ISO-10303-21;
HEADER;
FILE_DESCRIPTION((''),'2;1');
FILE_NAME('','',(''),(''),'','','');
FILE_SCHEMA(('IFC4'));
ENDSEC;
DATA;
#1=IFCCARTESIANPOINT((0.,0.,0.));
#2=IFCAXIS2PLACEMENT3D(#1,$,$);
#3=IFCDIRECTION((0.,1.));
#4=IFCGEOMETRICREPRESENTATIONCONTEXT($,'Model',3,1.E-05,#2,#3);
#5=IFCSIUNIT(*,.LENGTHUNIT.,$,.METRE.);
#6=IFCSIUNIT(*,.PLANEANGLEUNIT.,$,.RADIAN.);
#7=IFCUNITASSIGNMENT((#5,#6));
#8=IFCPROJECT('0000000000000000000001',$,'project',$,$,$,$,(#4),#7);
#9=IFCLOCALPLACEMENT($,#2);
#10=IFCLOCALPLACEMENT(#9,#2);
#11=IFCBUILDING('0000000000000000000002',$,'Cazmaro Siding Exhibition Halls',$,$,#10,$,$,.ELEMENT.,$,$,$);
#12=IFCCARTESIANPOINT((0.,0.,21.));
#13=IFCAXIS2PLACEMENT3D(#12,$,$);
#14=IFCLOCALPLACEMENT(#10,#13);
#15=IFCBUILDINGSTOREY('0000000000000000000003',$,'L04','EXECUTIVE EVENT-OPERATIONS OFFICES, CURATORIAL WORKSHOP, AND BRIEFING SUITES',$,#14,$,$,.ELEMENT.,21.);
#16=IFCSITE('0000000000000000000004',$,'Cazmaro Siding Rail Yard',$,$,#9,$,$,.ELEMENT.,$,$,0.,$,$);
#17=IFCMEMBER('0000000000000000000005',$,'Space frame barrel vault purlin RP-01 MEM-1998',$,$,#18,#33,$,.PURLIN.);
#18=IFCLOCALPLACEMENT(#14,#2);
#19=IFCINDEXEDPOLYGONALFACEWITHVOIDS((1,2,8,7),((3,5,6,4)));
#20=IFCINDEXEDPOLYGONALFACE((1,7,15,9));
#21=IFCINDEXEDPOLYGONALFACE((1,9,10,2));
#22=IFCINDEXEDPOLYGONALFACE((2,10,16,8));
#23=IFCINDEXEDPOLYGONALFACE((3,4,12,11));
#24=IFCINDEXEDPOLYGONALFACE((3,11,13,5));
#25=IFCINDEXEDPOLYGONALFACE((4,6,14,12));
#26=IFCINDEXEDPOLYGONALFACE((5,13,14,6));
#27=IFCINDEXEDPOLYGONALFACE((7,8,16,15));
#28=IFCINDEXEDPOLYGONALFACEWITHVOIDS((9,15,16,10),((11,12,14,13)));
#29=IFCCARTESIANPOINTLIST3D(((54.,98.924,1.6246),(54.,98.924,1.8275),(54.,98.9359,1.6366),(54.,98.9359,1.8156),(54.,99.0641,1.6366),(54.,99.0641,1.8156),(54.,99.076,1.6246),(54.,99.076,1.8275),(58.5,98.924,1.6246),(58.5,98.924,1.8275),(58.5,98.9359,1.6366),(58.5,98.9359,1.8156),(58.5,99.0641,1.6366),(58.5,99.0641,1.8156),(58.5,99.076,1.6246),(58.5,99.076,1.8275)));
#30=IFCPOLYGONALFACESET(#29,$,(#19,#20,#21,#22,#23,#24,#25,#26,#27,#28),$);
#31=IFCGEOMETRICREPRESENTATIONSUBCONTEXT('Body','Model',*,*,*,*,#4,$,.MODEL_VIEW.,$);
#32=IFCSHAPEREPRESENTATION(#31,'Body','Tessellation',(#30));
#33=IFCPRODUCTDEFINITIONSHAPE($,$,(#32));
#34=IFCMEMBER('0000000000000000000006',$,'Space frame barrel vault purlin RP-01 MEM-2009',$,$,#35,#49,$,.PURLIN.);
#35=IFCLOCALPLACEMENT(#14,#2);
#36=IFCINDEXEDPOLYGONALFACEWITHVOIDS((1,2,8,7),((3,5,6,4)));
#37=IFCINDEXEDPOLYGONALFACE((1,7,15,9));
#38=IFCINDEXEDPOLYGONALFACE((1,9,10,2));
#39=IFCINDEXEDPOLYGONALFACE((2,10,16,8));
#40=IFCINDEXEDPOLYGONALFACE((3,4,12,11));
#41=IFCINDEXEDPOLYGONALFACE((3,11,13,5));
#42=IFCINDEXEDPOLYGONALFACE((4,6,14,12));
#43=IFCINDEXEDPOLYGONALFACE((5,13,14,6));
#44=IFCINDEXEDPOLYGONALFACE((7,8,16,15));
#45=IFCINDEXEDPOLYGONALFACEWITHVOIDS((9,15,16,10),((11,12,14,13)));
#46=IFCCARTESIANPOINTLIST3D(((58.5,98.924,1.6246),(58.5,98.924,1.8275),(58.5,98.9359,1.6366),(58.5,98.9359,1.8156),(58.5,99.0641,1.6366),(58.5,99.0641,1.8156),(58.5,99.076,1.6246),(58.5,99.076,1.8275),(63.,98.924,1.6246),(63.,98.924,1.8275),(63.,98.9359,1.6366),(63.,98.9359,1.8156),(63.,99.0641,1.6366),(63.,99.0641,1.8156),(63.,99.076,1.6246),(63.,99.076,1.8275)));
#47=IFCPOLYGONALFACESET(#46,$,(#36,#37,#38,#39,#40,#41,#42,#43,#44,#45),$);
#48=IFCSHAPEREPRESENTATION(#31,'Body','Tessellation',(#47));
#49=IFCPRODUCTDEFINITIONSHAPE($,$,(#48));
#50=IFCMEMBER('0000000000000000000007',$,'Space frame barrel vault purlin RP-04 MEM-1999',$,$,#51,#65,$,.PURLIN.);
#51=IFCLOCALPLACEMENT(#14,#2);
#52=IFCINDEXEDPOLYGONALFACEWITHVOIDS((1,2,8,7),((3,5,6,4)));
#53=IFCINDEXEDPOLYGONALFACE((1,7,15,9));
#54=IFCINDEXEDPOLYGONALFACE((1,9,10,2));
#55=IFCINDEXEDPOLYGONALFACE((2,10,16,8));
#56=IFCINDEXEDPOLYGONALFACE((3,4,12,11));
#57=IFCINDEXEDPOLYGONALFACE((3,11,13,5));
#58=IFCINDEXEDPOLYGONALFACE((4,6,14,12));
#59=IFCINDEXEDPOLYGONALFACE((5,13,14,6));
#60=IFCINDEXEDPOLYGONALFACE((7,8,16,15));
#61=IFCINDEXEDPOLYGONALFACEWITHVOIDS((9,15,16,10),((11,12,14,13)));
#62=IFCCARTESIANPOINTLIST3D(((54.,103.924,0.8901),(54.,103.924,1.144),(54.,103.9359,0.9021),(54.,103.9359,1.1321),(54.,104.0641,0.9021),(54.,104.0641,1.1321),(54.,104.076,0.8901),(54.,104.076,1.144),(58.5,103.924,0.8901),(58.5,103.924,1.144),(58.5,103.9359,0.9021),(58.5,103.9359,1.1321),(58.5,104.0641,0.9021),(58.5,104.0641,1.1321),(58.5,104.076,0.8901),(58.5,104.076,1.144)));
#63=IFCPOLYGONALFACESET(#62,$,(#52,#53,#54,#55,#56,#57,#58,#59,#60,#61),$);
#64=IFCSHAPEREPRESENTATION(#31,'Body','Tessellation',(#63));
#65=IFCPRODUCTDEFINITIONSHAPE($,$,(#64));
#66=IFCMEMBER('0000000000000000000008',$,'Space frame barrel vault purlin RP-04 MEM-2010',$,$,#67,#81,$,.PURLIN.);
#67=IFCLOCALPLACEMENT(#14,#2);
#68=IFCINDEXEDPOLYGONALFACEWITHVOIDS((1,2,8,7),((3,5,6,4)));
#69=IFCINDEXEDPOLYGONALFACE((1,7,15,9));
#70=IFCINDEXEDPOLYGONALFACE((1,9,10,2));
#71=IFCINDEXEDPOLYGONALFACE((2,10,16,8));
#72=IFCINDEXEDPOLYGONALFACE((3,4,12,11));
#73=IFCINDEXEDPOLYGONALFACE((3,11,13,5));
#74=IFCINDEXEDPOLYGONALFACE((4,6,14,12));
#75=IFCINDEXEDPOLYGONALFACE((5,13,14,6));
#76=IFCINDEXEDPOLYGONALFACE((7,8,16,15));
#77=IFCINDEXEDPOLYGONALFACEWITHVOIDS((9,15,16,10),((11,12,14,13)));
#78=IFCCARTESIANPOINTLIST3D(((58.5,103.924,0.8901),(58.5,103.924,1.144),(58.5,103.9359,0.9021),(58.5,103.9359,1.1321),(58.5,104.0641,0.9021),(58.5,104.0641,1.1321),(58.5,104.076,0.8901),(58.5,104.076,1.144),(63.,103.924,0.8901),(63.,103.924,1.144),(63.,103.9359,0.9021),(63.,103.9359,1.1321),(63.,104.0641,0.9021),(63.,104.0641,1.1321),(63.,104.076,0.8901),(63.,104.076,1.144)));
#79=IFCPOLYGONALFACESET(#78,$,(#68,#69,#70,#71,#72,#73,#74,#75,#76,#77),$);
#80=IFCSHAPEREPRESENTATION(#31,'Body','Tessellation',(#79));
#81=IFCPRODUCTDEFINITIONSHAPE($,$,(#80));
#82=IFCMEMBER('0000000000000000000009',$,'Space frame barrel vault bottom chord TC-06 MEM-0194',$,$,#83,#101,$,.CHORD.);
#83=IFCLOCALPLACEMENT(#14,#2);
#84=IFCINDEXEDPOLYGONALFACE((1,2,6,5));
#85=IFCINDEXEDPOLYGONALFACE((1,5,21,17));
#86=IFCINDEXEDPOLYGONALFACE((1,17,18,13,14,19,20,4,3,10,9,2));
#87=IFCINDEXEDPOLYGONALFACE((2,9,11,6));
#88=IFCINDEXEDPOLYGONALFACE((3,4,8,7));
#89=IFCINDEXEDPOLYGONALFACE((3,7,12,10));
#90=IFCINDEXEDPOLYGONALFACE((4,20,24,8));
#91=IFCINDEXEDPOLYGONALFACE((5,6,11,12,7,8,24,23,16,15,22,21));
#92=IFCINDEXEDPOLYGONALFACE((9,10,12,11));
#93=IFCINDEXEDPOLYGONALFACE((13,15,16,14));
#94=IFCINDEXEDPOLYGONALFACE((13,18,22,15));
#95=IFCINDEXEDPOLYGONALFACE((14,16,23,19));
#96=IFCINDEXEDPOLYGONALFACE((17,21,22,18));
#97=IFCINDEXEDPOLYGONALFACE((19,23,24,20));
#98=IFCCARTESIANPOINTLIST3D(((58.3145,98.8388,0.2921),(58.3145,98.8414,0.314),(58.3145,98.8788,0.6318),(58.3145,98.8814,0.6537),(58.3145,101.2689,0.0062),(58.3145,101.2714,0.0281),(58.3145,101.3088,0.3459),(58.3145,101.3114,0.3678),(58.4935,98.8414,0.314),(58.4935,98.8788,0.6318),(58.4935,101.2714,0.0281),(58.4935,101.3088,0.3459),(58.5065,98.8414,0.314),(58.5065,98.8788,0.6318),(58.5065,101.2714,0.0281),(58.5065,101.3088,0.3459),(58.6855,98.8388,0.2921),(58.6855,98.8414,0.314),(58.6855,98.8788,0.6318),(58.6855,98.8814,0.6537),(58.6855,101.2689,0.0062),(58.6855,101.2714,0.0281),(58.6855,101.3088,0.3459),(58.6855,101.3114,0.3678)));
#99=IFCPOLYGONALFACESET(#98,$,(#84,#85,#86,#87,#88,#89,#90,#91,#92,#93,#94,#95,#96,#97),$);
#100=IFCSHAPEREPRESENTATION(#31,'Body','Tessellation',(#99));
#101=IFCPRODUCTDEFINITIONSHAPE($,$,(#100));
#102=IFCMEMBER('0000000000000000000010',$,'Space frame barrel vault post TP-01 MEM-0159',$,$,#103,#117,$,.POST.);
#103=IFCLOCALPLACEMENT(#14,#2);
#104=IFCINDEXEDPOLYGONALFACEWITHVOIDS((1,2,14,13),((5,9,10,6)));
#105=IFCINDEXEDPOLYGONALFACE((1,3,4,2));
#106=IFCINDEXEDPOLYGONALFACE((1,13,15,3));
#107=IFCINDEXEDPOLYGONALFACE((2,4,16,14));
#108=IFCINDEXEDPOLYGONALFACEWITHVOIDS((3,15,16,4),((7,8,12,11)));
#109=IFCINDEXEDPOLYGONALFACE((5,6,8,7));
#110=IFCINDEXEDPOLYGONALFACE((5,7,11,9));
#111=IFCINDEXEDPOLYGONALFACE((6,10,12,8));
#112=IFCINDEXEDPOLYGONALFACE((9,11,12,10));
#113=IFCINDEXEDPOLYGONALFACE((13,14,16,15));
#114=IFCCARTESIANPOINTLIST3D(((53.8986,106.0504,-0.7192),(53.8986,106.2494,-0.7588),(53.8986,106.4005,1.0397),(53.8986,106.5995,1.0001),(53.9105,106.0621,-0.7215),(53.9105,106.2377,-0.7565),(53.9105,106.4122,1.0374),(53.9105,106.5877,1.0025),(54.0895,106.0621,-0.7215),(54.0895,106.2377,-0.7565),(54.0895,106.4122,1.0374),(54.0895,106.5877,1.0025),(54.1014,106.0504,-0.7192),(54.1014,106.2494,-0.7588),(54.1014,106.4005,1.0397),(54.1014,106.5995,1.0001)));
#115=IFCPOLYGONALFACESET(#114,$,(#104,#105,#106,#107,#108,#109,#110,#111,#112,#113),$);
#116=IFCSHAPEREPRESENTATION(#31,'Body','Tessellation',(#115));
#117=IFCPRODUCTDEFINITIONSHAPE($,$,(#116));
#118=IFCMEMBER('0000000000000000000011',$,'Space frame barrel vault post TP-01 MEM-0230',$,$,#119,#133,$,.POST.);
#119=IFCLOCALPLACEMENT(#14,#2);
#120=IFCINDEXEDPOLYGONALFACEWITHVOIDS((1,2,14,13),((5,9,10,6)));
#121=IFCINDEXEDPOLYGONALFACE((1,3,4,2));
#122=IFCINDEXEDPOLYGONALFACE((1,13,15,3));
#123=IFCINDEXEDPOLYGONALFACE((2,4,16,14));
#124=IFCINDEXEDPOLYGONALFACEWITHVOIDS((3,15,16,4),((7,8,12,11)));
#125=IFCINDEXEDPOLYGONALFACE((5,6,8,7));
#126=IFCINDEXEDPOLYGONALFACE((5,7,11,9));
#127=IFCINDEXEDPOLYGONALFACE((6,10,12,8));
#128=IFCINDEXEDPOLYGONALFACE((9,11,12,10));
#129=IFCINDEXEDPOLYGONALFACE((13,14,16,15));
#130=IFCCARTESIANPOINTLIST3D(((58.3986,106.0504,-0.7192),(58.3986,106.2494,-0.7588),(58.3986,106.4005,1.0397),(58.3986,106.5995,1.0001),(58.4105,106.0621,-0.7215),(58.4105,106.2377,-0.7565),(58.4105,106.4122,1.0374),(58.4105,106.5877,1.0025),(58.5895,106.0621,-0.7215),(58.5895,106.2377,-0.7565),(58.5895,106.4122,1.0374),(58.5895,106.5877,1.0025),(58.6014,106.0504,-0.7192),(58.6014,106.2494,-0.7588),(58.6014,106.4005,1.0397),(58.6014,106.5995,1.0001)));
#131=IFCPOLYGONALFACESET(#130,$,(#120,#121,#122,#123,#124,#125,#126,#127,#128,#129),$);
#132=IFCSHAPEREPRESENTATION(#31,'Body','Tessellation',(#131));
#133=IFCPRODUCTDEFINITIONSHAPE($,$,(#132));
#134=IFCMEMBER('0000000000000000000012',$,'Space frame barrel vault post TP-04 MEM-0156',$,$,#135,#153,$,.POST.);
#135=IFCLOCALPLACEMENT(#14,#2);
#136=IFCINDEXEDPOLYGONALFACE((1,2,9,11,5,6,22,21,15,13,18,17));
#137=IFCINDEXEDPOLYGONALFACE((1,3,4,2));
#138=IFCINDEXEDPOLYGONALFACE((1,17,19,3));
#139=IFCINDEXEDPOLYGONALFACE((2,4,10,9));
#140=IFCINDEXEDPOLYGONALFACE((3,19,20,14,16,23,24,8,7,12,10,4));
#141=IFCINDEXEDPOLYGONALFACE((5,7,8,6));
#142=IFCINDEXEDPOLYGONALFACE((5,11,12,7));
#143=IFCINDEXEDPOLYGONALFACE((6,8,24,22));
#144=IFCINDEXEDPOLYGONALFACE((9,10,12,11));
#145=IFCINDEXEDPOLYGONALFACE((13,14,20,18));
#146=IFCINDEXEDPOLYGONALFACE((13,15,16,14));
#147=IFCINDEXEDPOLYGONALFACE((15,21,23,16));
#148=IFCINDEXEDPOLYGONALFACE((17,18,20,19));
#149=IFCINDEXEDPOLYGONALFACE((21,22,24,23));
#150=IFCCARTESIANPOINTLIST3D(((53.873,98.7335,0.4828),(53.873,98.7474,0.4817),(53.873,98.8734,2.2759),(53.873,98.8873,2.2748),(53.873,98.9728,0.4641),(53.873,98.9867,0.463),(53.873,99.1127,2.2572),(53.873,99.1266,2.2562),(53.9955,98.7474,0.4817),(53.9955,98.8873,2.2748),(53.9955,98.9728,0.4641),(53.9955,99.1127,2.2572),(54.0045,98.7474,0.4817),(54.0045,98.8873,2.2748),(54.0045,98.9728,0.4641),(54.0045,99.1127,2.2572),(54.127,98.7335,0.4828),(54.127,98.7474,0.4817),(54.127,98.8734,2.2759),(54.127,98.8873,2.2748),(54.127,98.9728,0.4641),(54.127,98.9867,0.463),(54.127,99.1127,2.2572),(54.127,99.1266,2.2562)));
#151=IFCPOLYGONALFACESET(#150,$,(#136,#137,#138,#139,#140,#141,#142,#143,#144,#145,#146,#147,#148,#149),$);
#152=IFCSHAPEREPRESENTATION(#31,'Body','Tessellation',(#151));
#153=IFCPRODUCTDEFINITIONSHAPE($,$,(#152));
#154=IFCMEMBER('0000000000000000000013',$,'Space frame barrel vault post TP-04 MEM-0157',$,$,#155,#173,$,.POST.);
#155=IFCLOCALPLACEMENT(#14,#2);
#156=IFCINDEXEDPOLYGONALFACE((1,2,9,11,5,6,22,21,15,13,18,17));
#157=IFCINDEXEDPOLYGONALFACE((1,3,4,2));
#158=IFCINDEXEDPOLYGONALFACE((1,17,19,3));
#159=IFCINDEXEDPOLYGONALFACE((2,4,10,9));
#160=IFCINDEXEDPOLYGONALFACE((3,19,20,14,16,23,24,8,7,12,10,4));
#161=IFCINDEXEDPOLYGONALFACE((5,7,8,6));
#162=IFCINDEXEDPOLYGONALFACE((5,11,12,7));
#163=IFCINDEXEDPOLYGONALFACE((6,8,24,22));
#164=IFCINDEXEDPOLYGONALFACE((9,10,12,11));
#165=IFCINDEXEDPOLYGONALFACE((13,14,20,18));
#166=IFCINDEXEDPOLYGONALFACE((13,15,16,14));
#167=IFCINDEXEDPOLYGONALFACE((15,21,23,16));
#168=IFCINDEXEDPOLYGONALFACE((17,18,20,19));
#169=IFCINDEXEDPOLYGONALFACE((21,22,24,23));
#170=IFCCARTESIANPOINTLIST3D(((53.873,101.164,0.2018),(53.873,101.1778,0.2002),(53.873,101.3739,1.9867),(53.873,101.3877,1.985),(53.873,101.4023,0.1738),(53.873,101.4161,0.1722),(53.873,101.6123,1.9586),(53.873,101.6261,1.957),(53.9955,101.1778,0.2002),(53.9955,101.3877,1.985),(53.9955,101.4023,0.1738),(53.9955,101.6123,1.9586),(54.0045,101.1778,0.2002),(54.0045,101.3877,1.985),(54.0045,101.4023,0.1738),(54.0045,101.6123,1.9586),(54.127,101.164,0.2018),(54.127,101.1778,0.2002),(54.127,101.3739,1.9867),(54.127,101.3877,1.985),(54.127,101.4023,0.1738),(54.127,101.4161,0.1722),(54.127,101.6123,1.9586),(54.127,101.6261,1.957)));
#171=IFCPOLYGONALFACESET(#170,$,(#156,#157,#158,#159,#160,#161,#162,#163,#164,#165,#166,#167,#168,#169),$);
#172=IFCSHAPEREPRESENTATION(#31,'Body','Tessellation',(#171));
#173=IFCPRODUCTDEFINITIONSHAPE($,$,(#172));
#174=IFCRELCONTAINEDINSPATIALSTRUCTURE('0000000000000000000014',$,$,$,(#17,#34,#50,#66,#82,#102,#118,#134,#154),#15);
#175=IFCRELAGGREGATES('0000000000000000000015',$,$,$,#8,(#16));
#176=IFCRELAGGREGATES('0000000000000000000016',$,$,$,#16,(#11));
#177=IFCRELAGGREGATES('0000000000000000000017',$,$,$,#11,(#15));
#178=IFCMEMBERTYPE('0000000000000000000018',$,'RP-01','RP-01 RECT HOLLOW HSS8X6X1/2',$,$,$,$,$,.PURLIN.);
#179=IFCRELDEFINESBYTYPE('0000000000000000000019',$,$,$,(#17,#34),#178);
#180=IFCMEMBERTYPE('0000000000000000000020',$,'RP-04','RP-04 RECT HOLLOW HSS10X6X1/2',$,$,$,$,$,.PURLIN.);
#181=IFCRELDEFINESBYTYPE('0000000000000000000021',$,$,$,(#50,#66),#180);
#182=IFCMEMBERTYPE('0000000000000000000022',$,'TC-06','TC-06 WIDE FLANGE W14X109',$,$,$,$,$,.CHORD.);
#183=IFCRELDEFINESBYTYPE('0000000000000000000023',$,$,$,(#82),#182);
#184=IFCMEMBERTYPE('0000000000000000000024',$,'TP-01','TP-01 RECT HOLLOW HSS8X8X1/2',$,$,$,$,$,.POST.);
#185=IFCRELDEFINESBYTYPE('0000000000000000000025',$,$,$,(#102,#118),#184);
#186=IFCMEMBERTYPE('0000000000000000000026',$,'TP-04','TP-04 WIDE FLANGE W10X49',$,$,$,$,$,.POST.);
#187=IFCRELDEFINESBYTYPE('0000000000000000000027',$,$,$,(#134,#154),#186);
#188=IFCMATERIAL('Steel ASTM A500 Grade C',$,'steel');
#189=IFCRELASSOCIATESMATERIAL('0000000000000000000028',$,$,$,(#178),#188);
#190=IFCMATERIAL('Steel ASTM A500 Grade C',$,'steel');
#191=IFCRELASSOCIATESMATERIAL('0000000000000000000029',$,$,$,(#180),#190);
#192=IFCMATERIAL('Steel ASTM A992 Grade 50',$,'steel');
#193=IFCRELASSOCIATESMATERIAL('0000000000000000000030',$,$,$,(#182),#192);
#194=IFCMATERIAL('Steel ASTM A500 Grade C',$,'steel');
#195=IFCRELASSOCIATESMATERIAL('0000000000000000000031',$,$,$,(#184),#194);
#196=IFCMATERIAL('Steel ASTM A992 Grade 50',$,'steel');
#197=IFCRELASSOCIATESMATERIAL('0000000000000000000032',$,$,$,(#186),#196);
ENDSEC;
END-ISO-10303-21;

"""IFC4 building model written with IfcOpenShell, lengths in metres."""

from ifc_helpers import new_model, si_unit, direction, frame, origin, origin_2d, place, context, subcontext, project, spatial, hollow_rectangle, i_section, extrude, material, material_profile, profile_set, type_object, element, save


model = new_model("IFC4")

# Units and contexts
model_context = context("Model", 3, precision=1e-05, world=origin(), true_north=direction((0.0, 1.0)))
body_context = subcontext(model_context, "Body", "Model", "MODEL_VIEW")
ifc_project = project(units=[si_unit("LENGTHUNIT", "METRE"), si_unit("PLANEANGLEUNIT", "RADIAN")], contexts=[model_context])

# Site, building, storey
site_placement = place(None, origin())
site = spatial("IfcSite", under=ifc_project, at=site_placement, Name="Cazmaro Siding Rail Yard", CompositionType="ELEMENT", RefElevation=0.0)
building_placement = place(site_placement, origin())
building = spatial("IfcBuilding", under=site, at=building_placement, Name="Cazmaro Siding Exhibition Halls", CompositionType="ELEMENT")
storey_placement = place(building_placement, frame((0.0, 0.0, 21.0)))
storey = spatial("IfcBuildingStorey", under=building, at=storey_placement, Name="L04", Description="EXECUTIVE EVENT-OPERATIONS OFFICES, CURATORIAL WORKSHOP, AND BRIEFING SUITES", CompositionType="ELEMENT", Elevation=21.0)

# Members
ifc_material_1 = material(Name="Steel ASTM A500 Grade C", Category="steel")
ifc_material_profile_1 = material_profile(ifc_material_1, hollow_rectangle(XDim=0.1521, YDim=0.2029, WallThickness=0.012, at=origin_2d()), Name="HSS8X6X1/2")
ifc_profile_set_1 = profile_set([ifc_material_profile_1], Name="Steel ASTM A500 Grade C")
member_type_1 = type_object("IfcMemberType", Name="RP-01", Description="RP-01 RECT HOLLOW HSS8X6X1/2", PredefinedType="PURLIN", material=ifc_profile_set_1)
for number, where, z_axis, x_axis, name in (
    (1, (54.0, 99.0, 1.7261), (1.0, 0.0, 0.0), (0.0, 1.0, 0.0), "Space frame barrel vault purlin RP-01 MEM-1998"),
    (2, (58.5, 99.0, 1.7261), (1.0, 0.0, 0.0), (0.0, 1.0, 0.0), "Space frame barrel vault purlin RP-01 MEM-2009"),
):
    element("IfcMember", number, at=place(storey_placement, frame(where, z_axis=z_axis, x_axis=x_axis)), inside=storey, type_object=member_type_1, Name=name, PredefinedType="PURLIN", context=body_context, shape_type="SweptSolid", body=[
        extrude(hollow_rectangle(XDim=0.1521, YDim=0.2029, WallThickness=0.012, at=origin_2d()), origin(), (0.0, 0.0, 1.0), 4.5),
    ])
ifc_material_2 = material(Name="Steel ASTM A500 Grade C", Category="steel")
ifc_material_profile_2 = material_profile(ifc_material_2, hollow_rectangle(XDim=0.1521, YDim=0.2539, WallThickness=0.012, at=origin_2d()), Name="HSS10X6X1/2")
ifc_profile_set_2 = profile_set([ifc_material_profile_2], Name="Steel ASTM A500 Grade C")
member_type_2 = type_object("IfcMemberType", Name="RP-04", Description="RP-04 RECT HOLLOW HSS10X6X1/2", PredefinedType="PURLIN", material=ifc_profile_set_2)
for number, where, z_axis, x_axis, name in (
    (3, (54.0, 104.0, 1.0171), (1.0, 0.0, 0.0), (0.0, 1.0, 0.0), "Space frame barrel vault purlin RP-04 MEM-1999"),
    (4, (58.5, 104.0, 1.0171), (1.0, 0.0, 0.0), (0.0, 1.0, 0.0), "Space frame barrel vault purlin RP-04 MEM-2010"),
):
    element("IfcMember", number, at=place(storey_placement, frame(where, z_axis=z_axis, x_axis=x_axis)), inside=storey, type_object=member_type_2, Name=name, PredefinedType="PURLIN", context=body_context, shape_type="SweptSolid", body=[
        extrude(hollow_rectangle(XDim=0.1521, YDim=0.2539, WallThickness=0.012, at=origin_2d()), origin(), (0.0, 0.0, 1.0), 4.5),
    ])
ifc_material_3 = material(Name="Steel ASTM A992 Grade 50", Category="steel")
ifc_material_profile_3 = material_profile(ifc_material_3, i_section(OverallWidth=0.3711, OverallDepth=0.364, WebThickness=0.0129, FlangeThickness=0.022, at=origin_2d()), Name="W14X109")
ifc_profile_set_3 = profile_set([ifc_material_profile_3], Name="Steel ASTM A992 Grade 50")
member_type_3 = type_object("IfcMemberType", Name="TC-06", Description="TC-06 WIDE FLANGE W14X109", PredefinedType="CHORD", material=ifc_profile_set_3)
member_1_placement = place(storey_placement, frame((58.5, 98.8601, 0.4729), z_axis=(0.0, 0.99315, -0.116847), x_axis=(-1.0, 0.0, 0.0)))
element("IfcMember", 5, at=member_1_placement, inside=storey, type_object=member_type_3, Name="Space frame barrel vault bottom chord TC-06 MEM-0194", PredefinedType="CHORD", context=body_context, shape_type="SweptSolid", body=[
    extrude(i_section(OverallWidth=0.3711, OverallDepth=0.364, WebThickness=0.0129, FlangeThickness=0.022, at=origin_2d()), origin(), (0.0, 0.0, 1.0), 2.4468),
])
ifc_material_4 = material(Name="Steel ASTM A500 Grade C", Category="steel")
ifc_material_profile_4 = material_profile(ifc_material_4, hollow_rectangle(XDim=0.2029, YDim=0.2029, WallThickness=0.012, at=origin_2d()), Name="HSS8X8X1/2")
ifc_profile_set_4 = profile_set([ifc_material_profile_4], Name="Steel ASTM A500 Grade C")
member_type_4 = type_object("IfcMemberType", Name="TP-01", Description="TP-01 RECT HOLLOW HSS8X8X1/2", PredefinedType="POST", material=ifc_profile_set_4)
for number, where, z_axis, x_axis, name in (
    (6, (54.0, 106.1499, -0.739), (0.0, 0.1952, 0.980763), (-1.0, 0.0, 0.0), "Space frame barrel vault post TP-01 MEM-0159"),
    (7, (58.5, 106.1499, -0.739), (0.0, 0.1952, 0.980763), (-1.0, 0.0, 0.0), "Space frame barrel vault post TP-01 MEM-0230"),
):
    element("IfcMember", number, at=place(storey_placement, frame(where, z_axis=z_axis, x_axis=x_axis)), inside=storey, type_object=member_type_4, Name=name, PredefinedType="POST", context=body_context, shape_type="SweptSolid", body=[
        extrude(hollow_rectangle(XDim=0.2029, YDim=0.2029, WallThickness=0.012, at=origin_2d()), origin(), (0.0, 0.0, 1.0), 1.7935),
    ])
ifc_material_5 = material(Name="Steel ASTM A992 Grade 50", Category="steel")
ifc_material_profile_5 = material_profile(ifc_material_5, i_section(OverallWidth=0.2539, OverallDepth=0.2539, WebThickness=0.009, FlangeThickness=0.0139, at=origin_2d()), Name="W10X49")
ifc_profile_set_5 = profile_set([ifc_material_profile_5], Name="Steel ASTM A992 Grade 50")
member_type_5 = type_object("IfcMemberType", Name="TP-04", Description="TP-04 WIDE FLANGE W10X49", PredefinedType="POST", material=ifc_profile_set_5)
member_2_placement = place(storey_placement, frame((54.0, 98.8601, 0.4729), z_axis=(0.0, 0.077776, 0.996971), x_axis=(-1.0, 0.0, 0.0)))
element("IfcMember", 8, at=member_2_placement, inside=storey, type_object=member_type_5, Name="Space frame barrel vault post TP-04 MEM-0156", PredefinedType="POST", context=body_context, shape_type="SweptSolid", body=[
    extrude(i_section(OverallWidth=0.2539, OverallDepth=0.2539, WebThickness=0.009, FlangeThickness=0.0139, at=origin_2d()), origin(), (0.0, 0.0, 1.0), 1.7986),
])
member_3_placement = place(storey_placement, frame((54.0, 101.29, 0.187), z_axis=(0.0, 0.116825, 0.993152), x_axis=(-1.0, 0.0, 0.0)))
element("IfcMember", 9, at=member_3_placement, inside=storey, type_object=member_type_5, Name="Space frame barrel vault post TP-04 MEM-0157", PredefinedType="POST", context=body_context, shape_type="SweptSolid", body=[
    extrude(i_section(OverallWidth=0.2539, OverallDepth=0.2539, WebThickness=0.009, FlangeThickness=0.0139, at=origin_2d()), origin(), (0.0, 0.0, 1.0), 1.7971),
])

save(model, "model.ifc")
